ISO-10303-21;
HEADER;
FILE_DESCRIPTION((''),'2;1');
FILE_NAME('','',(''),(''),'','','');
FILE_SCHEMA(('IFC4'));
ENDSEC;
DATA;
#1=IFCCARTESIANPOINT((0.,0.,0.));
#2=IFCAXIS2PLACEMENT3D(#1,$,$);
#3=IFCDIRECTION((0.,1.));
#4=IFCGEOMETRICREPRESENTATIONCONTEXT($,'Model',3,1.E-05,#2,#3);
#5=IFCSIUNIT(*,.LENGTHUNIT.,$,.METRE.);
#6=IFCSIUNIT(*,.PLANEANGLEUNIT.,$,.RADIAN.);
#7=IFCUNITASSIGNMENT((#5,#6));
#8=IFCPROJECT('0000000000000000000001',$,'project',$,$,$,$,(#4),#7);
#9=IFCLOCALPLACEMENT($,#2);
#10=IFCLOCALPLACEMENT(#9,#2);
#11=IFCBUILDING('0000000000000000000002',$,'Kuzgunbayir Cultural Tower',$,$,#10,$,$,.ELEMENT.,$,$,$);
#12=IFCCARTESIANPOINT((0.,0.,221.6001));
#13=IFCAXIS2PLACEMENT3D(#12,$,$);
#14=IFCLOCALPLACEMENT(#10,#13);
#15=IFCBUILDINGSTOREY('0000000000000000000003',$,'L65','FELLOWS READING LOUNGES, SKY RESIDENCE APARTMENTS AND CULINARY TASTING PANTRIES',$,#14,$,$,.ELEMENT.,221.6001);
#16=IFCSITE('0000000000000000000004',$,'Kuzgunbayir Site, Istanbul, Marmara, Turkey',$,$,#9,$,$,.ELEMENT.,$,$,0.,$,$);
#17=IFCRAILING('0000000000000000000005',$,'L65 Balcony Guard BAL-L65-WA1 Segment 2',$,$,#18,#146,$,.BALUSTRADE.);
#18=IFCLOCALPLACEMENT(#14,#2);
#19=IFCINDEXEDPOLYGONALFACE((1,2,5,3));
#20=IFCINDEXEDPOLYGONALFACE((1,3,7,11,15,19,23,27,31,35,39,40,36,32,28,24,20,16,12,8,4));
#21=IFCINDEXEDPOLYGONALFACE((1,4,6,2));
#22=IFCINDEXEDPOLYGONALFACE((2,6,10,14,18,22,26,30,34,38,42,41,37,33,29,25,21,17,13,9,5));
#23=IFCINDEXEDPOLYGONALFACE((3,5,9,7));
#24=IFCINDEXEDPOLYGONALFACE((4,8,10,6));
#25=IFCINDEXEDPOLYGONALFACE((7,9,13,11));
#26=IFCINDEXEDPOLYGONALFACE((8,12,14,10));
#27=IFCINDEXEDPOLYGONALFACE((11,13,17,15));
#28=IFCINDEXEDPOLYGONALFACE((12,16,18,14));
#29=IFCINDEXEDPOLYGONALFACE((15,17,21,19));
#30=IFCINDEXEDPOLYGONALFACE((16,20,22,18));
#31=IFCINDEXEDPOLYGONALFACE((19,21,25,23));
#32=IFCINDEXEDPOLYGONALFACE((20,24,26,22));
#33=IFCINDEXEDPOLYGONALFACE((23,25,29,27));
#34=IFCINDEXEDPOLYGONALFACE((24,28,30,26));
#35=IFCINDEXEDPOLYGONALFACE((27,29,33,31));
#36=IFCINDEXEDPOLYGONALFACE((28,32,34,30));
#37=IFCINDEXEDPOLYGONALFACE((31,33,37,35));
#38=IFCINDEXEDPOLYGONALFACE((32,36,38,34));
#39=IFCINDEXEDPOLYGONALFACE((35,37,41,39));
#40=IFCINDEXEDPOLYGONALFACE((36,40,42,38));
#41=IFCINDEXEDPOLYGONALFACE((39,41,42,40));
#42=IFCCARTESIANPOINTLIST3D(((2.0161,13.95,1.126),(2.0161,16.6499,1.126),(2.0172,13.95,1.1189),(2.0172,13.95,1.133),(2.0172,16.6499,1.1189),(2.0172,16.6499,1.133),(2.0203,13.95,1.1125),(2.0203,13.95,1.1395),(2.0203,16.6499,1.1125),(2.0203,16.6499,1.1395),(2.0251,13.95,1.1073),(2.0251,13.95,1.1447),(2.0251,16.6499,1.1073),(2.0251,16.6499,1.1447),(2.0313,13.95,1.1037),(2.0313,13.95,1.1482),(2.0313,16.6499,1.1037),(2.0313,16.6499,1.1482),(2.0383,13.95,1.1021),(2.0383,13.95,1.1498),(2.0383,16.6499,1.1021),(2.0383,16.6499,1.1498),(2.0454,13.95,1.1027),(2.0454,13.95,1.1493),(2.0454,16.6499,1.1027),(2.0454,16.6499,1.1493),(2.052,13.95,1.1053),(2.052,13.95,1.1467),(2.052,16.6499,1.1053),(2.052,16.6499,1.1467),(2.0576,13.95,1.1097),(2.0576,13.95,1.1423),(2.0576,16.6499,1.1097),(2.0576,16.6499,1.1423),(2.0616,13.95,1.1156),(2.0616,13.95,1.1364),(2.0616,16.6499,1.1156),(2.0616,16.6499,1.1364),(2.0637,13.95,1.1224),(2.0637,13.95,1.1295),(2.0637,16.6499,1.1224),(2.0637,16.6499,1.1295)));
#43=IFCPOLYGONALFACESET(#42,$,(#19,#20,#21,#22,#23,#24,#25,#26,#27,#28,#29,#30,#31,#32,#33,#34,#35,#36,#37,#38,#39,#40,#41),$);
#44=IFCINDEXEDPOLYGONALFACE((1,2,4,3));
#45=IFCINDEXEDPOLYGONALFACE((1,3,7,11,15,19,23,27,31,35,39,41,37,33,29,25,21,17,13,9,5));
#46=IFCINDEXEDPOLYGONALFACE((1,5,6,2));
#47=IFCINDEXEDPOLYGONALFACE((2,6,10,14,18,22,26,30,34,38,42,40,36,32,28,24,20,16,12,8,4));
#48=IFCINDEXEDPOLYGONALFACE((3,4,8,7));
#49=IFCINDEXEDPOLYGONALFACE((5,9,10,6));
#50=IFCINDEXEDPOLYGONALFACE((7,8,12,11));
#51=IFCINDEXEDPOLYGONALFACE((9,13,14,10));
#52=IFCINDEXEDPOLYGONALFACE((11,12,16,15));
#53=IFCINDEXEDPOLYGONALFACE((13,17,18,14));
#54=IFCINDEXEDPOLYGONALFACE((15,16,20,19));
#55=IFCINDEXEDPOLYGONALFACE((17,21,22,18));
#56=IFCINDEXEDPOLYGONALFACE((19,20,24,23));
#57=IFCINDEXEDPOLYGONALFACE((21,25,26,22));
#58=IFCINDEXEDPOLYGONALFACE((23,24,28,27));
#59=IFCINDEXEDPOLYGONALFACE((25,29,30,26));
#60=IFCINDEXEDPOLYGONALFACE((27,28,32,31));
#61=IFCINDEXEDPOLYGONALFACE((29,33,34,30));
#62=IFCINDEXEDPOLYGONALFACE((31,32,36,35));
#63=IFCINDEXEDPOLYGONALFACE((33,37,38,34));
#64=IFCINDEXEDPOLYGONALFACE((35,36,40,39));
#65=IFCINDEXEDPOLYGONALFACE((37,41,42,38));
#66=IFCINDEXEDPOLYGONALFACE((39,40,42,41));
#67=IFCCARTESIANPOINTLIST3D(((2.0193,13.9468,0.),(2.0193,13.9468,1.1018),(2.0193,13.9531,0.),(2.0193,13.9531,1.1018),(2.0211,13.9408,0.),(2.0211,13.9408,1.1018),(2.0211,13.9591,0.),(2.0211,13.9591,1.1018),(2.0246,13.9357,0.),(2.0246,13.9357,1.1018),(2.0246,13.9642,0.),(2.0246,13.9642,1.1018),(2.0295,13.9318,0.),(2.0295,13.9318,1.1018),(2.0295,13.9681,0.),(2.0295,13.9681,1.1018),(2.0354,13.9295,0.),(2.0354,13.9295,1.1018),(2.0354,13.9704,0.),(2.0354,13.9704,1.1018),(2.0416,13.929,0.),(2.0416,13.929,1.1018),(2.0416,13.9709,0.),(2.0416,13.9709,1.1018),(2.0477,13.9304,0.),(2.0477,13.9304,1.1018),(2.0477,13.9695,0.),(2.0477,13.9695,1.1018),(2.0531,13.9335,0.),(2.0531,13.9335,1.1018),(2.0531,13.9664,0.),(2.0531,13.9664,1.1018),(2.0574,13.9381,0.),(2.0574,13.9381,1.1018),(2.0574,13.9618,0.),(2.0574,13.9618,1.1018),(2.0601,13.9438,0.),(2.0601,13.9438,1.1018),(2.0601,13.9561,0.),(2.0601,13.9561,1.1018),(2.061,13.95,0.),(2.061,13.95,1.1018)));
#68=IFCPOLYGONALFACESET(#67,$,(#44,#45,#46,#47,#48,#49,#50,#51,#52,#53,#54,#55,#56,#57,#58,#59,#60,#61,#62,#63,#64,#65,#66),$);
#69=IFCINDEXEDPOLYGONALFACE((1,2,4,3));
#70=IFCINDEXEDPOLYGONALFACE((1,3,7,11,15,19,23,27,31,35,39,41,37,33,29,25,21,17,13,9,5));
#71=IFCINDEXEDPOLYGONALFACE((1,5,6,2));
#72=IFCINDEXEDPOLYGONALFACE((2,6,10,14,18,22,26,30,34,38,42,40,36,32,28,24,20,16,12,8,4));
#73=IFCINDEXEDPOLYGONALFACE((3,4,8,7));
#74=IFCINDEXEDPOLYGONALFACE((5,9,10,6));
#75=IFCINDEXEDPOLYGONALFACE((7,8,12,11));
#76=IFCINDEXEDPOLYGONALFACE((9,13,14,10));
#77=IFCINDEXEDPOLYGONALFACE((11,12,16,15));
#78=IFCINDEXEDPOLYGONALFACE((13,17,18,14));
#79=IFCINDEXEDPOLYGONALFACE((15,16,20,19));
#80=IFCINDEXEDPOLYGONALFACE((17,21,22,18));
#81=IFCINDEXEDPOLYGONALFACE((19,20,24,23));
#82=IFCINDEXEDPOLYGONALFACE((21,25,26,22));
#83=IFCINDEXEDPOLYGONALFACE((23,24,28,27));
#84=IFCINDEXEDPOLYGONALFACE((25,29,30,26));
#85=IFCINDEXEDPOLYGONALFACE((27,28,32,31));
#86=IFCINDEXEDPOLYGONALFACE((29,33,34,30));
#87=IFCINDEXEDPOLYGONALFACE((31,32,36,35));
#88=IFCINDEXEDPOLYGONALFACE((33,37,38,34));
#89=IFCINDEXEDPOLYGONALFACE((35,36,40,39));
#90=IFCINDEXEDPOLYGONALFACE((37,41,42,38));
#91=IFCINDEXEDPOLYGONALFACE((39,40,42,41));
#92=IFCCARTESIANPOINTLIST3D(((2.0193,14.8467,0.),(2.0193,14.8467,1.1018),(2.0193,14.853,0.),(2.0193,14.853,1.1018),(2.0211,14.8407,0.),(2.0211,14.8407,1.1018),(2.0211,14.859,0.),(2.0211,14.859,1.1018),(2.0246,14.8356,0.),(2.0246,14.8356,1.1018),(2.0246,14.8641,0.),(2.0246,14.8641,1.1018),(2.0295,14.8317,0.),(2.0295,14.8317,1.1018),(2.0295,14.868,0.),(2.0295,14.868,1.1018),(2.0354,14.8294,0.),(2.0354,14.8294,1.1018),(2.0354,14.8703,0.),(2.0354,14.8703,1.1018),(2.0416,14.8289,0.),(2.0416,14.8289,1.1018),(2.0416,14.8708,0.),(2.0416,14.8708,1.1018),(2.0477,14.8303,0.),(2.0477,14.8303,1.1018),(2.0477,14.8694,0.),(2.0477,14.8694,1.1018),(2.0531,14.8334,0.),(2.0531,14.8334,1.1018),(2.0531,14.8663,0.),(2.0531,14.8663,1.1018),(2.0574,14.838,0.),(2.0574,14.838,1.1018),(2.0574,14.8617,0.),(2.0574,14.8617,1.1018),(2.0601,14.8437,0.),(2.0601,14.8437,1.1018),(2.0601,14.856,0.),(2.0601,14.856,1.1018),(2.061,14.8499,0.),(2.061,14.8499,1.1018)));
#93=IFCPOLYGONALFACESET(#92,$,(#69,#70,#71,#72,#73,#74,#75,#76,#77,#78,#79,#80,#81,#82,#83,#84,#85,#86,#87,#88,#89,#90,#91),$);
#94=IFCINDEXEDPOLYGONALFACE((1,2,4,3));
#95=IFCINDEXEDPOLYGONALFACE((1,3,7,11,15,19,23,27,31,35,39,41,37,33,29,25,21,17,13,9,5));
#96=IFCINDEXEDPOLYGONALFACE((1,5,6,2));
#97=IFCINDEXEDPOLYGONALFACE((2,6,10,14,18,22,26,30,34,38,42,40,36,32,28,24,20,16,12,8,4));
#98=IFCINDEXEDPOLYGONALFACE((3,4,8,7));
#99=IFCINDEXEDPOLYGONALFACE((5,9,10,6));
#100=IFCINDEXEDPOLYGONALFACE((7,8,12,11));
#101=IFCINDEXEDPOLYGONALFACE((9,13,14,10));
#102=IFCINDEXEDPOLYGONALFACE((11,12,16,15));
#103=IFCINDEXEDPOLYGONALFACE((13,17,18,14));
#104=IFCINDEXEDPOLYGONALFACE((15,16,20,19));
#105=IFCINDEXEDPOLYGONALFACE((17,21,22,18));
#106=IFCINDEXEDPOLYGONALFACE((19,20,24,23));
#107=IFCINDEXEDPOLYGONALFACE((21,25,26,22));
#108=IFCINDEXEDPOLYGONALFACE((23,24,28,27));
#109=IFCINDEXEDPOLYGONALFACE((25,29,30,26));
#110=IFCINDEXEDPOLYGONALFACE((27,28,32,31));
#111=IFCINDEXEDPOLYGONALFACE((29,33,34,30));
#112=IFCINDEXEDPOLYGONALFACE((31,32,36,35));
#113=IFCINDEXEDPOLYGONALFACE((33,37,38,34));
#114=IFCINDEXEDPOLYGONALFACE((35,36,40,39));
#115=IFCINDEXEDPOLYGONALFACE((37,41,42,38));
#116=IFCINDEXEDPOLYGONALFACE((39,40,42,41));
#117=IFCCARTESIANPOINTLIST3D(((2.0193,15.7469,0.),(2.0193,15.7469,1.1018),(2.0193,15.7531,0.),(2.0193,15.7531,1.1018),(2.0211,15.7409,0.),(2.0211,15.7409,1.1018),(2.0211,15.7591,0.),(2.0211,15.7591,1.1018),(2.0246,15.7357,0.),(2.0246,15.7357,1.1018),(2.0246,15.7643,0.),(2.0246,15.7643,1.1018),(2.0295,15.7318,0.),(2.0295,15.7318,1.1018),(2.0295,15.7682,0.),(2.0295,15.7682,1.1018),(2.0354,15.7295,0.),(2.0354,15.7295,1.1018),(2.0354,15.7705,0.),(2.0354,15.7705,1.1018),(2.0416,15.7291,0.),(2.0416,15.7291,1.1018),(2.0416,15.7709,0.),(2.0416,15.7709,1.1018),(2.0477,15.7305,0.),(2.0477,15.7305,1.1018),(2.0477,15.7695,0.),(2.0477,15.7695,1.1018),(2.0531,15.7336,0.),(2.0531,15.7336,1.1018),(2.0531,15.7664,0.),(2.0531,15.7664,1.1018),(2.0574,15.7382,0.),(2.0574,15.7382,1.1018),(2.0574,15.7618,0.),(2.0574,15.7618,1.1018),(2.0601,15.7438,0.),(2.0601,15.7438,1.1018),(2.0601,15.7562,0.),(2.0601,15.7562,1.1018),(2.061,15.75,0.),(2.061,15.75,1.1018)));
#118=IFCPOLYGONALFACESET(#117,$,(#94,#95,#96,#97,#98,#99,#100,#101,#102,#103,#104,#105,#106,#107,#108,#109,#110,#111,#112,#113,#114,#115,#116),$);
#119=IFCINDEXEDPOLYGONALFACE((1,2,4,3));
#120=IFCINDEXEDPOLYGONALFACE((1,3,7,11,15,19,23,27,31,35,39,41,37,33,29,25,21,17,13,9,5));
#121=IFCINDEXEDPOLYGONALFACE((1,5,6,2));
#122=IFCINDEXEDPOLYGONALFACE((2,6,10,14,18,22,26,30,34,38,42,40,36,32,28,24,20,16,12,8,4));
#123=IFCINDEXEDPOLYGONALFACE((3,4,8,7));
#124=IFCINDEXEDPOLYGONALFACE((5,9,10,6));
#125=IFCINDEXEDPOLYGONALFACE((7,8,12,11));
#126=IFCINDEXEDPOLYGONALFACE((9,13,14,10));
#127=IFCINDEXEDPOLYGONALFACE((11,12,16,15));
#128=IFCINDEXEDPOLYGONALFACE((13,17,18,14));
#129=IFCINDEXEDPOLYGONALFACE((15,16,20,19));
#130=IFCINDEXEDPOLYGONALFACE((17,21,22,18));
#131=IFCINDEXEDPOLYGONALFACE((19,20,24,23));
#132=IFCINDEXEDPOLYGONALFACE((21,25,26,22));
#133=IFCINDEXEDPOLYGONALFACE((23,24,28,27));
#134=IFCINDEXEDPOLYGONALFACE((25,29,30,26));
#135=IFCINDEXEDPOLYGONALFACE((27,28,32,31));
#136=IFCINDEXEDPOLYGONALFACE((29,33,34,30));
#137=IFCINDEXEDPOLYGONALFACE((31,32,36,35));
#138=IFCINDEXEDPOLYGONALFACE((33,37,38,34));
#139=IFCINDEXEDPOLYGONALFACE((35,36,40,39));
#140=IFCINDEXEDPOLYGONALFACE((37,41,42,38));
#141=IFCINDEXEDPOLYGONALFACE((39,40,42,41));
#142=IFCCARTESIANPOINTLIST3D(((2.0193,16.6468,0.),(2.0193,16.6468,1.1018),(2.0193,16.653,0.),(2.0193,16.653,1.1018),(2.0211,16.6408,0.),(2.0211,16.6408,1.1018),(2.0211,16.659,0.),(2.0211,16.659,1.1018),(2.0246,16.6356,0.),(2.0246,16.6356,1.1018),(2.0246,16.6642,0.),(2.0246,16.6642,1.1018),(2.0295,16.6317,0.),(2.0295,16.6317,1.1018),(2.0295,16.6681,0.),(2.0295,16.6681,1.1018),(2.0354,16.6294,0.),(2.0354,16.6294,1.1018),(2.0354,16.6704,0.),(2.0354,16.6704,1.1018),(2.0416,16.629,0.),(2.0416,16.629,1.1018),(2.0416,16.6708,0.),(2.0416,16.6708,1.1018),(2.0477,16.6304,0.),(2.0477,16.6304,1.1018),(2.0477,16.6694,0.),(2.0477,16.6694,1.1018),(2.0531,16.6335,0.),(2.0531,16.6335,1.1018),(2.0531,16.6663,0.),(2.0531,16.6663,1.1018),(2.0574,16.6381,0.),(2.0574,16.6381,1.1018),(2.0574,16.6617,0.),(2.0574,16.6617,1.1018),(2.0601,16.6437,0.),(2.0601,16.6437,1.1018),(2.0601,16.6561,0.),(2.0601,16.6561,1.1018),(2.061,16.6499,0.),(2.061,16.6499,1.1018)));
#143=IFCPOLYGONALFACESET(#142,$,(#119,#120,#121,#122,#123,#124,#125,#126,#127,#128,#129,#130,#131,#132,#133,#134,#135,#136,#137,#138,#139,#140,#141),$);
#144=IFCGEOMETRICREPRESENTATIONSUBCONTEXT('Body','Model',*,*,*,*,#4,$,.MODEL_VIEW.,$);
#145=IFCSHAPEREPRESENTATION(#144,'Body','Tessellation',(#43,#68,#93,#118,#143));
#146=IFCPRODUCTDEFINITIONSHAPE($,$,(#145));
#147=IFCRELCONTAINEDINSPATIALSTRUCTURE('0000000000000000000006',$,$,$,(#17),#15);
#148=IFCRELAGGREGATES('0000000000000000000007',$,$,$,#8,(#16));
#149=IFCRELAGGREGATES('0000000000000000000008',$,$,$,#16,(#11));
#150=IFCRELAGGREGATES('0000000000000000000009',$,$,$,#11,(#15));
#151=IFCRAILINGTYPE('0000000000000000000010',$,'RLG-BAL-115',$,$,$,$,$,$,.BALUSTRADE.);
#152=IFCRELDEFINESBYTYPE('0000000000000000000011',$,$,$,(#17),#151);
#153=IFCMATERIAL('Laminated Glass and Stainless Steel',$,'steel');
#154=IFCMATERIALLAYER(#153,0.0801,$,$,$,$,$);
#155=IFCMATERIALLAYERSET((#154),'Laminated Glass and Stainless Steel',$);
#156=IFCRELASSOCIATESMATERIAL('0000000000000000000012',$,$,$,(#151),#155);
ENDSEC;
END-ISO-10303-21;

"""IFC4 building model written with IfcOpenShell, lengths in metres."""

from ifc_helpers import new_model, si_unit, direction, frame, origin, origin_2d, place, context, subcontext, project, spatial, circle, extrude, material, layer, layer_set, type_object, element, save


model = new_model("IFC4")

# Units and contexts
model_context = context("Model", 3, precision=1e-05, world=origin(), true_north=direction((0.0, 1.0)))
body_context = subcontext(model_context, "Body", "Model", "MODEL_VIEW")
ifc_project = project(units=[si_unit("LENGTHUNIT", "METRE"), si_unit("PLANEANGLEUNIT", "RADIAN")], contexts=[model_context])

# Site, building, storey
site_placement = place(None, origin())
site = spatial("IfcSite", under=ifc_project, at=site_placement, Name="Kuzgunbayir Site, Istanbul, Marmara, Turkey", CompositionType="ELEMENT", RefElevation=0.0)
building_placement = place(site_placement, origin())
building = spatial("IfcBuilding", under=site, at=building_placement, Name="Kuzgunbayir Cultural Tower", CompositionType="ELEMENT")
storey_placement = place(building_placement, frame((0.0, 0.0, 221.6001)))
storey = spatial("IfcBuildingStorey", under=building, at=storey_placement, Name="L65", Description="FELLOWS READING LOUNGES, SKY RESIDENCE APARTMENTS AND CULINARY TASTING PANTRIES", CompositionType="ELEMENT", Elevation=221.6001)

# Railing
ifc_material_1 = material(Name="Laminated Glass and Stainless Steel", Category="steel")
ifc_layer_1 = layer(ifc_material_1, 0.0801)
ifc_layer_set_1 = layer_set([ifc_layer_1], Name="Laminated Glass and Stainless Steel")
railing_type = type_object("IfcRailingType", Name="RLG-BAL-115", PredefinedType="BALUSTRADE", material=ifc_layer_set_1)
railing_1_placement = place(storey_placement, frame((2.04, 13.95, 0.0)))
element("IfcRailing", 1, at=railing_1_placement, inside=storey, type_object=railing_type, Name="L65 Balcony Guard BAL-L65-WA1 Segment 2", PredefinedType="BALUSTRADE", context=body_context, shape_type="SweptSolid", body=[
    extrude(circle(Radius=0.0239, at=origin_2d()), frame((0.0, 0.0, 1.126), z_axis=(0.0, 1.0, 0.0), x_axis=(-1.0, 0.0, 0.0)), (0.0, 0.0, 1.0), 2.7),
    extrude(circle(Radius=0.021, at=origin_2d()), origin(), (0.0, 0.0, 1.0), 1.1018),
    extrude(circle(Radius=0.021, at=origin_2d()), frame((0.0, 0.8999, 0.0)), (0.0, 0.0, 1.0), 1.1018),
    extrude(circle(Radius=0.021, at=origin_2d()), frame((0.0, 1.8, 0.0)), (0.0, 0.0, 1.0), 1.1018),
    extrude(circle(Radius=0.021, at=origin_2d()), frame((0.0, 2.7, 0.0)), (0.0, 0.0, 1.0), 1.1018),
])

save(model, "model.ifc")
